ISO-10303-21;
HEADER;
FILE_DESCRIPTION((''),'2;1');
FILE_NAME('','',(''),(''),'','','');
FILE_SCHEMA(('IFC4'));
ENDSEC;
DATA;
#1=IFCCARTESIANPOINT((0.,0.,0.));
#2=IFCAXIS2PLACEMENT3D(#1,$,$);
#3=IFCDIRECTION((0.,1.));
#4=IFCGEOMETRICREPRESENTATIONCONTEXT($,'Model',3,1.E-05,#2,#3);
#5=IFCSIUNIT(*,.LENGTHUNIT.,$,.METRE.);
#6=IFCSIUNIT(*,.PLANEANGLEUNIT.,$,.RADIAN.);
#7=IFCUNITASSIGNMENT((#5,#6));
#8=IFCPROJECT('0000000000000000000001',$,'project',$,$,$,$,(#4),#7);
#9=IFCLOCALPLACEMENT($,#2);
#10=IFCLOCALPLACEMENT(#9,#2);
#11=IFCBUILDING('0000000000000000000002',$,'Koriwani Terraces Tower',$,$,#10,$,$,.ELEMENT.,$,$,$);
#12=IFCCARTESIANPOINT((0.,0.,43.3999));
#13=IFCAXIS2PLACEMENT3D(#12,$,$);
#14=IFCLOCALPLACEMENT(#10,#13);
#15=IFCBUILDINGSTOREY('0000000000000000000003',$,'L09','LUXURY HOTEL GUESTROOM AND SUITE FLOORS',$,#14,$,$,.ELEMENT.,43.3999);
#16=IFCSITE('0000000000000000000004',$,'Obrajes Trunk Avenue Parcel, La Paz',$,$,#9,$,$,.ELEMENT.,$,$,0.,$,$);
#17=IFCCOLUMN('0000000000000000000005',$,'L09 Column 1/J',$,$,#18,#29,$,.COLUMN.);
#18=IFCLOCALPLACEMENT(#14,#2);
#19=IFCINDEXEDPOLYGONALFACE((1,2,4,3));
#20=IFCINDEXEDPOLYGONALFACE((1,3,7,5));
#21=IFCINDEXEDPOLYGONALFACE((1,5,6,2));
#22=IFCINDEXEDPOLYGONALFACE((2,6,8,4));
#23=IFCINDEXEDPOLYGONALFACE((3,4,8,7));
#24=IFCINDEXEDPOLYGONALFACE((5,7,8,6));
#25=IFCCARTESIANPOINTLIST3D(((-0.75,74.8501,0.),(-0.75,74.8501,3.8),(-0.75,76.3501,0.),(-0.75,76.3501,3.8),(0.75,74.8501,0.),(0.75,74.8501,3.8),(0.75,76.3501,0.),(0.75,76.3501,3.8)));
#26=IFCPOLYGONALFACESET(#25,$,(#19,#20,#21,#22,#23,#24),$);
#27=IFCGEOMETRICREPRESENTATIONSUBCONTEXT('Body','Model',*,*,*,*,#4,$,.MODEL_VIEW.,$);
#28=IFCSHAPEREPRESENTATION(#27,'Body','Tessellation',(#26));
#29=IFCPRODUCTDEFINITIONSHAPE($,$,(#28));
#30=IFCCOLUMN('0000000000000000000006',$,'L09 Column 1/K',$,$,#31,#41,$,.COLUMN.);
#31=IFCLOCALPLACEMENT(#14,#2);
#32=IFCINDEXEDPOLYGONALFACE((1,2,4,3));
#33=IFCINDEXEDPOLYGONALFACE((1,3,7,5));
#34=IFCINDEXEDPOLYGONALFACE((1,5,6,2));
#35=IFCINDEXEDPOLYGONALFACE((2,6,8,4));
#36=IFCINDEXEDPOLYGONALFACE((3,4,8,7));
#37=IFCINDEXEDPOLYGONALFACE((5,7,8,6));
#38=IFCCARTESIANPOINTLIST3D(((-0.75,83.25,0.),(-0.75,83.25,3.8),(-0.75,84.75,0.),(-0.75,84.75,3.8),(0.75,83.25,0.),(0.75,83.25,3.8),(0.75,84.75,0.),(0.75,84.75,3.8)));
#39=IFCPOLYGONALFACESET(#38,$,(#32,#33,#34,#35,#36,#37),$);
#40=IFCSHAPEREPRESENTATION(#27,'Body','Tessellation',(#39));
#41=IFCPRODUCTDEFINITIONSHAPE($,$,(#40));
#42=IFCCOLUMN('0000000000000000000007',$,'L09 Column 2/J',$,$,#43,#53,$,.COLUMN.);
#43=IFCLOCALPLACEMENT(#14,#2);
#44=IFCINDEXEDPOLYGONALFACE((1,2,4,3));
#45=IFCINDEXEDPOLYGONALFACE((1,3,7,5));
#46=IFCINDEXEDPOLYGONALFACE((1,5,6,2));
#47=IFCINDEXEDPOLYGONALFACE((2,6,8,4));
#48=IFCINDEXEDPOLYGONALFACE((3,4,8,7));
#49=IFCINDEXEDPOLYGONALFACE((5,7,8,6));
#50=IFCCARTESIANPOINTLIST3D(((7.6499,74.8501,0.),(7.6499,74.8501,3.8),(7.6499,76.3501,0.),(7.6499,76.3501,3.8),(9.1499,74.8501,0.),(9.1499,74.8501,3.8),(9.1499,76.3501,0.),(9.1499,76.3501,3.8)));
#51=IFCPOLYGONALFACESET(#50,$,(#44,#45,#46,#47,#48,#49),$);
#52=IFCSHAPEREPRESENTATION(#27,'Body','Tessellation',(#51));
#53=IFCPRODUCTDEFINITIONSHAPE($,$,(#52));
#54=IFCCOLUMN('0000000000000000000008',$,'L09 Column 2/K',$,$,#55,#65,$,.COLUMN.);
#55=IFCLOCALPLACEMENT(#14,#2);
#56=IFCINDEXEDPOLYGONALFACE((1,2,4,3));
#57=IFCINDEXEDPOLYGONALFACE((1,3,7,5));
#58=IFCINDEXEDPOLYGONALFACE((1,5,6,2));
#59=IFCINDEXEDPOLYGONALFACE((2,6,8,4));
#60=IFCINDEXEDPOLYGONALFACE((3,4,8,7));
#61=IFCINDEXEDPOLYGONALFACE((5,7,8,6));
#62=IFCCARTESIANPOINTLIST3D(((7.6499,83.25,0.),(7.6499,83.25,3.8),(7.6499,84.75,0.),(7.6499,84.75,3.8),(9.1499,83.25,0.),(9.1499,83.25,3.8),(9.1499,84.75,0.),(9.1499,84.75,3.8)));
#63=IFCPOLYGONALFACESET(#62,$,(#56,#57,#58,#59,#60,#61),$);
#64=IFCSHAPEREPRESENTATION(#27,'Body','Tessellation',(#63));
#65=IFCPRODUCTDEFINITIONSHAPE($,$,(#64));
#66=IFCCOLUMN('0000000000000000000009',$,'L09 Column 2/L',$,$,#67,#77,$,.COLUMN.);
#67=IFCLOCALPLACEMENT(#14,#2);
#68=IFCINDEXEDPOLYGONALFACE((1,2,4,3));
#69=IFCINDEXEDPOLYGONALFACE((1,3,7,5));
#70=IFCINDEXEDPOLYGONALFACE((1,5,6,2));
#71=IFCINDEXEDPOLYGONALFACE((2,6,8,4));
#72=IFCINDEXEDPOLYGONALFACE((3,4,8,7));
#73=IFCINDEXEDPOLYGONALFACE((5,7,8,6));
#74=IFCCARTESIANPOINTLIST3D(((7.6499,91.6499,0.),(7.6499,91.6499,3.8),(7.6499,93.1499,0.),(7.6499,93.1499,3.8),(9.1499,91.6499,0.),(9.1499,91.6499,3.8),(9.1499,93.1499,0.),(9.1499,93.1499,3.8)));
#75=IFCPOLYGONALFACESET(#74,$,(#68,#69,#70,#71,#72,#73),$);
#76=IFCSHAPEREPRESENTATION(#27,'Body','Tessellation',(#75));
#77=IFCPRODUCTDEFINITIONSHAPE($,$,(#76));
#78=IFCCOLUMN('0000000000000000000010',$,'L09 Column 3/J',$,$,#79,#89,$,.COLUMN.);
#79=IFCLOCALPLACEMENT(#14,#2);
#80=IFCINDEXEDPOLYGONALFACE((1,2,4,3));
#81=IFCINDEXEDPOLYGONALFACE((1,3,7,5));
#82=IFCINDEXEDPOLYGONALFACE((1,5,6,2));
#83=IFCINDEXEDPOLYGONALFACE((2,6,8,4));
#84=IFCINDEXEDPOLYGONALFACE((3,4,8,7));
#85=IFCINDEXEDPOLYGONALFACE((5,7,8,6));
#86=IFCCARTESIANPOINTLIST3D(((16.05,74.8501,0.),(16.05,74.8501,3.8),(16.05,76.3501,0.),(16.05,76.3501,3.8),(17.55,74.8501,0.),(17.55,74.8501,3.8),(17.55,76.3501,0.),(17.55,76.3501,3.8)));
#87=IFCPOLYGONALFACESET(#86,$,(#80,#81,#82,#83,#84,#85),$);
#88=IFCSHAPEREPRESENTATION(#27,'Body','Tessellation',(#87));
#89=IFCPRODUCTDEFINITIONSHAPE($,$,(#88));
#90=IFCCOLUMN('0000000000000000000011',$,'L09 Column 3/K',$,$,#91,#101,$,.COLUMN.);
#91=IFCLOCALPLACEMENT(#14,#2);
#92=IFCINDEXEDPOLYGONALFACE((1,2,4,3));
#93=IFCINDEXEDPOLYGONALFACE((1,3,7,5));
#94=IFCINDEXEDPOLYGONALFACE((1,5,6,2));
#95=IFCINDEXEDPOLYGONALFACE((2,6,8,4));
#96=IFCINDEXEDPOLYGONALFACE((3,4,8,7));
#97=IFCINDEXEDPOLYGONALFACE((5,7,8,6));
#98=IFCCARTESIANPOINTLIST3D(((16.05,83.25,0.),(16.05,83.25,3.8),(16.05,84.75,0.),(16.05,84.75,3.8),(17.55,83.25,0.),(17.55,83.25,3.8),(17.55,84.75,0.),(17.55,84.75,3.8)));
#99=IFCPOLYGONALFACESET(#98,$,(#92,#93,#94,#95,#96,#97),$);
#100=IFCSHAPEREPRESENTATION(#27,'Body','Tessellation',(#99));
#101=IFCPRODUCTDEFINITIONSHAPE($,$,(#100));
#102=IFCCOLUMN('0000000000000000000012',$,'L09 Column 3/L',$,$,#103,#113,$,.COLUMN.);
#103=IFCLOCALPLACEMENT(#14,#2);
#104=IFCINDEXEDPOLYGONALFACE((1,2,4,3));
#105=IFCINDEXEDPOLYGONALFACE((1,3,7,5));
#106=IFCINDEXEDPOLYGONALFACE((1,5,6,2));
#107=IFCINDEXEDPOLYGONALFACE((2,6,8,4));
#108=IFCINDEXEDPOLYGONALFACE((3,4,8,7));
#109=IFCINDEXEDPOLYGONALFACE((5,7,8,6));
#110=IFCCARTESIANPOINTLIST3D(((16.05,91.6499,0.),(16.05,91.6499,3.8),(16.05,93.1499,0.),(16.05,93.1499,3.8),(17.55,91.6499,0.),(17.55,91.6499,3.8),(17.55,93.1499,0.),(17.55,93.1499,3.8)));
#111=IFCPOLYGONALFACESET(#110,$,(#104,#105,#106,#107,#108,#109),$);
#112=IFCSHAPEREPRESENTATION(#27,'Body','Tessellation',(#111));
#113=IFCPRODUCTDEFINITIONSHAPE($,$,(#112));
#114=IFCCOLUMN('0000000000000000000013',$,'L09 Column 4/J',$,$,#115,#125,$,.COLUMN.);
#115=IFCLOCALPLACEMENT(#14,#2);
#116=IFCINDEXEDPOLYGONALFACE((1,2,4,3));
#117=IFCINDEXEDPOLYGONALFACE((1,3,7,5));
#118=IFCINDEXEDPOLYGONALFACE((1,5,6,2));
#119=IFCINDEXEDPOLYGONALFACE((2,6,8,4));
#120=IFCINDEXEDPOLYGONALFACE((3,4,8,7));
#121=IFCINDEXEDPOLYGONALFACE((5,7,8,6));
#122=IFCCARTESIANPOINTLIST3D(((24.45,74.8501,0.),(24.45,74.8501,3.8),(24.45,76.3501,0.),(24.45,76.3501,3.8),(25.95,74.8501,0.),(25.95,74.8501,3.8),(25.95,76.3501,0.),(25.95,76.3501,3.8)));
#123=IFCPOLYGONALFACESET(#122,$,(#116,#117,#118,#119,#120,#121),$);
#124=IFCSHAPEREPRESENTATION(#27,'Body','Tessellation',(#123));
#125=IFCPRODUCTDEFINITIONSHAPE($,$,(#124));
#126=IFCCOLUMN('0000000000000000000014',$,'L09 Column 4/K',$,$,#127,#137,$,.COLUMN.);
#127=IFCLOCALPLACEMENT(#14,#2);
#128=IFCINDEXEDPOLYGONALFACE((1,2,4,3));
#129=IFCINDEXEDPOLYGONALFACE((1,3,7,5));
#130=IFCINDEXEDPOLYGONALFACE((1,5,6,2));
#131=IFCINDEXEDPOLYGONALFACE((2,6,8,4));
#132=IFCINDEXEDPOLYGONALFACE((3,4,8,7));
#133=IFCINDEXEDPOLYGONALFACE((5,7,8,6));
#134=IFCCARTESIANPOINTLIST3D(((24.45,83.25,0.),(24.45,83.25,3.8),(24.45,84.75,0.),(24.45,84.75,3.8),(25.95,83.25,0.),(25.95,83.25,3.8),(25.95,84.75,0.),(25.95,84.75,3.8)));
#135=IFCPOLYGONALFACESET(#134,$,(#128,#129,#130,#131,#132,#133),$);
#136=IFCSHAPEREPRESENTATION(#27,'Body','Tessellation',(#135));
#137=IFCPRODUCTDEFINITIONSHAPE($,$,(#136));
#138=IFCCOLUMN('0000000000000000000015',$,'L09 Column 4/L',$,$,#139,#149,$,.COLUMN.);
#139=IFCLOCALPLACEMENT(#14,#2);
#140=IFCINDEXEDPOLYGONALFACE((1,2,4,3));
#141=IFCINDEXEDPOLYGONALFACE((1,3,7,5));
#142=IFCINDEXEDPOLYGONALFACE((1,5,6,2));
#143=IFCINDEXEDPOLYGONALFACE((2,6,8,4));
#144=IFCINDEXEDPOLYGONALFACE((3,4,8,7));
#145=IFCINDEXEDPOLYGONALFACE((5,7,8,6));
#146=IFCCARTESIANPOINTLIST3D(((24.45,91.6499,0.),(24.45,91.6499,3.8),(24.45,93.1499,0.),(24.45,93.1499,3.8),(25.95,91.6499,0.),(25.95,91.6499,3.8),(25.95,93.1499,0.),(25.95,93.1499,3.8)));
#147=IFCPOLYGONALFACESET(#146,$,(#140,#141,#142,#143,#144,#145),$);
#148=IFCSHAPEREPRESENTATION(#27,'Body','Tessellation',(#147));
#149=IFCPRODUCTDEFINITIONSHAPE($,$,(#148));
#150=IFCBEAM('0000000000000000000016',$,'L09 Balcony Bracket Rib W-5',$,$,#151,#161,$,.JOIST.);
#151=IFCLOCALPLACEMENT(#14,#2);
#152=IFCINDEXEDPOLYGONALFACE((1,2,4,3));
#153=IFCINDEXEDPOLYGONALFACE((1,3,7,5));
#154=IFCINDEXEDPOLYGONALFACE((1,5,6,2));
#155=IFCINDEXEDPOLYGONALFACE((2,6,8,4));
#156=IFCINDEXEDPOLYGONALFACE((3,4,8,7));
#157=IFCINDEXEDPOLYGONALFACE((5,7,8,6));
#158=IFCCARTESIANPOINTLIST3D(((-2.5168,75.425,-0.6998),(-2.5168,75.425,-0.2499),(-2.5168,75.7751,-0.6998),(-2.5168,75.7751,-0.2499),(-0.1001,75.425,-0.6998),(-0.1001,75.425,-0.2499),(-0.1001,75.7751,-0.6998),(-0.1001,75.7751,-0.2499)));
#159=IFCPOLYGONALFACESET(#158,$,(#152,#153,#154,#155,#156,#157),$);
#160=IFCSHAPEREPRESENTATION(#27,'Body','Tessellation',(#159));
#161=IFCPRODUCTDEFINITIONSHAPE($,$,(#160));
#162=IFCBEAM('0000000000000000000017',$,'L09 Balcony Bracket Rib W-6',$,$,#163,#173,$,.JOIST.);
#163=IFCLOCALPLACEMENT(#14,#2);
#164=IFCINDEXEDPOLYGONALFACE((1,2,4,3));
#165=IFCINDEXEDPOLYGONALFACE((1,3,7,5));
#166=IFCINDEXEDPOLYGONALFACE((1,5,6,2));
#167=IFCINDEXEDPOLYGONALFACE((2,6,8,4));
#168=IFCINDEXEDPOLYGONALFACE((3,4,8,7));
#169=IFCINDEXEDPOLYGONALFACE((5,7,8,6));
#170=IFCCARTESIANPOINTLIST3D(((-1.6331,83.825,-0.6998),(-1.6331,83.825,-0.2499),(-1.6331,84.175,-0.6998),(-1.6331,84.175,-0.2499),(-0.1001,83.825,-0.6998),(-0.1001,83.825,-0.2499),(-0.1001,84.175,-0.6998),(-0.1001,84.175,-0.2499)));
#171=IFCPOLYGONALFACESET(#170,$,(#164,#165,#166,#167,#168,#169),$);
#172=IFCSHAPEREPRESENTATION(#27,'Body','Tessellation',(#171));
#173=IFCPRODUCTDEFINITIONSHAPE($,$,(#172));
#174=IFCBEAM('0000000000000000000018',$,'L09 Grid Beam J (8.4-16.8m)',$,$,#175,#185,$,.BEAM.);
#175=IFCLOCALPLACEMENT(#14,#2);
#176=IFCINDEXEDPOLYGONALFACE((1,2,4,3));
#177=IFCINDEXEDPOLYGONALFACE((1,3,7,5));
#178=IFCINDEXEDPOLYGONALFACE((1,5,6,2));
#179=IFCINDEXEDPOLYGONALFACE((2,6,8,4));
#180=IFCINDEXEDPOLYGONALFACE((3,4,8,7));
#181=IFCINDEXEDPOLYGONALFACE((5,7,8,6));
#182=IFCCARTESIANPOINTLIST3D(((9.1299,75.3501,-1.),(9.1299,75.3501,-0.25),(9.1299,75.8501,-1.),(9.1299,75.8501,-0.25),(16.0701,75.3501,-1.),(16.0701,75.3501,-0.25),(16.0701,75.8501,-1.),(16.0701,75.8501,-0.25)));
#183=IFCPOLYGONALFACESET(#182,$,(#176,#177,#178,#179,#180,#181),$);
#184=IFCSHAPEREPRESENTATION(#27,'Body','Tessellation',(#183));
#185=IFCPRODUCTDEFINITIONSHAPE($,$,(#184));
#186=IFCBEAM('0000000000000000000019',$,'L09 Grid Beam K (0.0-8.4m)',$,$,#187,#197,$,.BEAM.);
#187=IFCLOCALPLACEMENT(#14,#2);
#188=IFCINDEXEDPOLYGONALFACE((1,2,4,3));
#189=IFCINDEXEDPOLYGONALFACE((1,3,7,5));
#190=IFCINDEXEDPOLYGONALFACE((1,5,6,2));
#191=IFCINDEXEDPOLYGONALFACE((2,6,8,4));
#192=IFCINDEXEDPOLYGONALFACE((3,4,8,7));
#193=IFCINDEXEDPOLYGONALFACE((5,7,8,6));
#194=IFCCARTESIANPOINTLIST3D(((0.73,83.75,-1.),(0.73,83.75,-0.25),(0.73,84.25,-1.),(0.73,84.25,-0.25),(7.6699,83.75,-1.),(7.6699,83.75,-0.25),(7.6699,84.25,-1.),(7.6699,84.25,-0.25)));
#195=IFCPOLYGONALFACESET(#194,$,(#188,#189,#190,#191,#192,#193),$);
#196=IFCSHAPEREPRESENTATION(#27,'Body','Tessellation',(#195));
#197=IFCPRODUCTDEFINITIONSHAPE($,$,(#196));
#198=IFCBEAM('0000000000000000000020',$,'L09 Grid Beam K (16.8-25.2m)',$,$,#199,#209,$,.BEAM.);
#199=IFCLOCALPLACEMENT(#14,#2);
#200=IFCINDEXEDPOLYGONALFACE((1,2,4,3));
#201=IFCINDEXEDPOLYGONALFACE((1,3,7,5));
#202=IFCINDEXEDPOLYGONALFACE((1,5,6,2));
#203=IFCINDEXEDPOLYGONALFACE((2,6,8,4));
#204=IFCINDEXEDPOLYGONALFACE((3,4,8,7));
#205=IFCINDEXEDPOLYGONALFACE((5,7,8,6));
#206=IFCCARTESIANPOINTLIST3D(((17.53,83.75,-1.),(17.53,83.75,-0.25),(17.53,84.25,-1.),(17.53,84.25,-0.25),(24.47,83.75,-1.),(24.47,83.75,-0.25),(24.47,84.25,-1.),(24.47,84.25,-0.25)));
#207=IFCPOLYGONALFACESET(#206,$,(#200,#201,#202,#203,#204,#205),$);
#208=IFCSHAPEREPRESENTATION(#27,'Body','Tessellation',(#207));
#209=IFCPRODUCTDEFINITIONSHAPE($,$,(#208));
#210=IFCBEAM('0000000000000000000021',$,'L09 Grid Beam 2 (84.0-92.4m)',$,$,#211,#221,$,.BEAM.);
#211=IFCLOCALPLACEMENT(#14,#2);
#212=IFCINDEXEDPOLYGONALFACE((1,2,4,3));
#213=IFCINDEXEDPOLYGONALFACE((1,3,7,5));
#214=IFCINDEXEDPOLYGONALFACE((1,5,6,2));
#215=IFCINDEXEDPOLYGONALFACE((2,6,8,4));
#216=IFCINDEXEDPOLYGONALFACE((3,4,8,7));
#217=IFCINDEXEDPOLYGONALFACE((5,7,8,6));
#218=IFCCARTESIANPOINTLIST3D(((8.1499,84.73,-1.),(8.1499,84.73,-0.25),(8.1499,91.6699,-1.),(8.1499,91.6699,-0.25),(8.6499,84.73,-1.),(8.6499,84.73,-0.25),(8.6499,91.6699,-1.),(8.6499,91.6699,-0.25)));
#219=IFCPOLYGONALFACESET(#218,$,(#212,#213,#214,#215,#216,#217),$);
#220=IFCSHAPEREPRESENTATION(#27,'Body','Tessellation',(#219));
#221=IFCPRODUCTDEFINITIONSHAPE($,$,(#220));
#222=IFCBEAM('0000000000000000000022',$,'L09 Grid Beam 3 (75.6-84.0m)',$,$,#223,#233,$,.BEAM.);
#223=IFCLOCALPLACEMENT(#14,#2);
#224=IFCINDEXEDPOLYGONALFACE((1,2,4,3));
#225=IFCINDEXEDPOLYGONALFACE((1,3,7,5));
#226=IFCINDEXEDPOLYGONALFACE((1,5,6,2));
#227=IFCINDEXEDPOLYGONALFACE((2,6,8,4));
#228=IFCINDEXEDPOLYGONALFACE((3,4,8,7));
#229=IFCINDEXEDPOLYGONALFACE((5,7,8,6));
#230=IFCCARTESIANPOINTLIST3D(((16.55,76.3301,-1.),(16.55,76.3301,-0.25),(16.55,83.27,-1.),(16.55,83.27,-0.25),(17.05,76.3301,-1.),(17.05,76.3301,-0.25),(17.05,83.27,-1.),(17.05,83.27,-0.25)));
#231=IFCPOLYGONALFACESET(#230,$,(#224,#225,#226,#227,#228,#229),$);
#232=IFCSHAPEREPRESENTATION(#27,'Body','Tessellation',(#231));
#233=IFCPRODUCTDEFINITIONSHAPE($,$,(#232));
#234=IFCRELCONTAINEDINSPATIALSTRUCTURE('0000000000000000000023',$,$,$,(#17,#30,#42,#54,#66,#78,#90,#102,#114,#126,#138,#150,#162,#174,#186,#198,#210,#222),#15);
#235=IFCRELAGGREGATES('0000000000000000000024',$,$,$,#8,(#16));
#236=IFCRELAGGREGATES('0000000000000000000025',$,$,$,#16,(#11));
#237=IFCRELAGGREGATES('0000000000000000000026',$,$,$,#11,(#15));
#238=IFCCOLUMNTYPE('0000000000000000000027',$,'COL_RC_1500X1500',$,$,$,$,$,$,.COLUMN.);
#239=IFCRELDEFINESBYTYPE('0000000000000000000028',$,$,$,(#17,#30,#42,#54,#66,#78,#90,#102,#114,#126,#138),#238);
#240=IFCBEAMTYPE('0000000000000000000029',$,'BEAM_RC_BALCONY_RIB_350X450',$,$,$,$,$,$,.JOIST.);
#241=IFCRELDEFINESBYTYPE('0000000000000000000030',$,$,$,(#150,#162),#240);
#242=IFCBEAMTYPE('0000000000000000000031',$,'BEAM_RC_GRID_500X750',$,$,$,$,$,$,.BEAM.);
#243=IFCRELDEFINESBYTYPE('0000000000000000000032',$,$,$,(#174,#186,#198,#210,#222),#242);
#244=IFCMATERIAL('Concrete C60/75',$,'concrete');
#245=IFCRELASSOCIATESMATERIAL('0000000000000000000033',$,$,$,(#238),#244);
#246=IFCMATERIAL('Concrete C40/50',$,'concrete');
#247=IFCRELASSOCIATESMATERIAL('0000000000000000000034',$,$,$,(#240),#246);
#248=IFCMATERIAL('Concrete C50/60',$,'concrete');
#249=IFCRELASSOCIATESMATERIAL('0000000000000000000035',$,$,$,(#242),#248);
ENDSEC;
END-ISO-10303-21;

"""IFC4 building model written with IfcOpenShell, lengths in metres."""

from ifc_helpers import new_model, si_unit, direction, frame, origin, origin_2d, place, context, subcontext, project, spatial, rectangle, extrude, material, material_profile, profile_set, type_object, element, save


model = new_model("IFC4")

# Units and contexts
model_context = context("Model", 3, precision=1e-05, world=origin(), true_north=direction((0.0, 1.0)))
body_context = subcontext(model_context, "Body", "Model", "MODEL_VIEW")
ifc_project = project(units=[si_unit("LENGTHUNIT", "METRE"), si_unit("PLANEANGLEUNIT", "RADIAN")], contexts=[model_context])

# Site, building, storey
site_placement = place(None, origin())
site = spatial("IfcSite", under=ifc_project, at=site_placement, Name="Obrajes Trunk Avenue Parcel, La Paz", CompositionType="ELEMENT", RefElevation=0.0)
building_placement = place(site_placement, origin())
building = spatial("IfcBuilding", under=site, at=building_placement, Name="Koriwani Terraces Tower", CompositionType="ELEMENT")
storey_placement = place(building_placement, frame((0.0, 0.0, 43.3999)))
storey = spatial("IfcBuildingStorey", under=building, at=storey_placement, Name="L09", Description="LUXURY HOTEL GUESTROOM AND SUITE FLOORS", CompositionType="ELEMENT", Elevation=43.3999)

# Columns
ifc_material_1 = material(Name="Concrete C60/75", Category="concrete")
ifc_material_profile_1 = material_profile(ifc_material_1, rectangle(XDim=1.5, YDim=1.5, at=origin_2d()), Name="Concrete C60/75", Category="LoadBearing")
ifc_profile_set_1 = profile_set([ifc_material_profile_1], Name="Concrete C60/75")
column_type = type_object("IfcColumnType", Name="COL_RC_1500X1500", PredefinedType="COLUMN", material=ifc_profile_set_1)
for number, where, z_axis, x_axis, name in (
    (1, (0.0, 75.6001, 0.0), (0.0, 0.0, 1.0), (1.0, 0.0, 0.0), "L09 Column 1/J"),
    (2, (0.0, 84.0, 0.0), (0.0, 0.0, 1.0), (1.0, 0.0, 0.0), "L09 Column 1/K"),
    (3, (8.3999, 75.6001, 0.0), (0.0, 0.0, 1.0), (1.0, 0.0, 0.0), "L09 Column 2/J"),
    (4, (8.3999, 84.0, 0.0), (0.0, 0.0, 1.0), (1.0, 0.0, 0.0), "L09 Column 2/K"),
    (5, (8.3999, 92.3999, 0.0), (0.0, 0.0, 1.0), (1.0, 0.0, 0.0), "L09 Column 2/L"),
    (6, (16.8, 75.6001, 0.0), (0.0, 0.0, 1.0), (1.0, 0.0, 0.0), "L09 Column 3/J"),
    (7, (16.8, 84.0, 0.0), (0.0, 0.0, 1.0), (1.0, 0.0, 0.0), "L09 Column 3/K"),
    (8, (16.8, 92.3999, 0.0), (0.0, 0.0, 1.0), (1.0, 0.0, 0.0), "L09 Column 3/L"),
    (9, (25.2, 75.6001, 0.0), (0.0, 0.0, 1.0), (1.0, 0.0, 0.0), "L09 Column 4/J"),
    (10, (25.2, 84.0, 0.0), (0.0, 0.0, 1.0), (1.0, 0.0, 0.0), "L09 Column 4/K"),
    (11, (25.2, 92.3999, 0.0), (0.0, 0.0, 1.0), (1.0, 0.0, 0.0), "L09 Column 4/L"),
):
    element("IfcColumn", number, at=place(storey_placement, frame(where, z_axis=z_axis, x_axis=x_axis)), inside=storey, type_object=column_type, Name=name, PredefinedType="COLUMN", context=body_context, shape_type="SweptSolid", body=[
        extrude(rectangle(XDim=1.5, YDim=1.5, at=origin_2d()), origin(), (0.0, 0.0, 1.0), 3.8),
    ])

# Beams
ifc_material_2 = material(Name="Concrete C40/50", Category="concrete")
ifc_material_profile_2 = material_profile(ifc_material_2, rectangle(XDim=0.3501, YDim=0.45, at=origin_2d()), Name="Concrete C40/50", Category="LoadBearing")
ifc_profile_set_2 = profile_set([ifc_material_profile_2], Name="Concrete C40/50")
beam_type_1 = type_object("IfcBeamType", Name="BEAM_RC_BALCONY_RIB_350X450", PredefinedType="JOIST", material=ifc_profile_set_2)
beam_1_placement = place(storey_placement, frame((-2.5168, 75.6001, -0.4749), z_axis=(1.0, 0.0, 0.0), x_axis=(0.0, 1.0, 0.0)))
element("IfcBeam", 12, at=beam_1_placement, inside=storey, type_object=beam_type_1, Name="L09 Balcony Bracket Rib W-5", PredefinedType="JOIST", context=body_context, shape_type="SweptSolid", body=[
    extrude(rectangle(XDim=0.3501, YDim=0.45, at=origin_2d()), origin(), (0.0, 0.0, 1.0), 2.4167),
])
beam_2_placement = place(storey_placement, frame((-1.6331, 84.0, -0.4749), z_axis=(1.0, 0.0, 0.0), x_axis=(0.0, 1.0, 0.0)))
element("IfcBeam", 13, at=beam_2_placement, inside=storey, type_object=beam_type_1, Name="L09 Balcony Bracket Rib W-6", PredefinedType="JOIST", context=body_context, shape_type="SweptSolid", body=[
    extrude(rectangle(XDim=0.3501, YDim=0.45, at=origin_2d()), origin(), (0.0, 0.0, 1.0), 1.533),
])
ifc_material_3 = material(Name="Concrete C50/60", Category="concrete")
ifc_material_profile_3 = material_profile(ifc_material_3, rectangle(XDim=0.5, YDim=0.75, at=origin_2d()), Name="Concrete C50/60", Category="LoadBearing")
ifc_profile_set_3 = profile_set([ifc_material_profile_3], Name="Concrete C50/60")
beam_type_2 = type_object("IfcBeamType", Name="BEAM_RC_GRID_500X750", PredefinedType="BEAM", material=ifc_profile_set_3)
beam_3_placement = place(storey_placement, frame((9.1299, 75.6001, -0.625), z_axis=(1.0, 0.0, 0.0), x_axis=(0.0, 1.0, 0.0)))
element("IfcBeam", 14, at=beam_3_placement, inside=storey, type_object=beam_type_2, Name="L09 Grid Beam J (8.4-16.8m)", PredefinedType="BEAM", context=body_context, shape_type="SweptSolid", body=[
    extrude(rectangle(XDim=0.5, YDim=0.75, at=origin_2d()), origin(), (0.0, 0.0, 1.0), 6.9402),
])
for number, where, z_axis, x_axis, name in (
    (15, (0.73, 84.0, -0.625), (1.0, 0.0, 0.0), (0.0, 1.0, 0.0), "L09 Grid Beam K (0.0-8.4m)"),
    (16, (17.53, 84.0, -0.625), (1.0, 0.0, 0.0), (0.0, 1.0, 0.0), "L09 Grid Beam K (16.8-25.2m)"),
    (17, (8.3999, 84.73, -0.625), (0.0, 1.0, 0.0), (-1.0, 0.0, 0.0), "L09 Grid Beam 2 (84.0-92.4m)"),
    (18, (16.8, 76.3301, -0.625), (0.0, 1.0, 0.0), (-1.0, 0.0, 0.0), "L09 Grid Beam 3 (75.6-84.0m)"),
):
    element("IfcBeam", number, at=place(storey_placement, frame(where, z_axis=z_axis, x_axis=x_axis)), inside=storey, type_object=beam_type_2, Name=name, PredefinedType="BEAM", context=body_context, shape_type="SweptSolid", body=[
        extrude(rectangle(XDim=0.5, YDim=0.75, at=origin_2d()), origin(), (0.0, 0.0, 1.0), 6.9399),
    ])

save(model, "model.ifc")
